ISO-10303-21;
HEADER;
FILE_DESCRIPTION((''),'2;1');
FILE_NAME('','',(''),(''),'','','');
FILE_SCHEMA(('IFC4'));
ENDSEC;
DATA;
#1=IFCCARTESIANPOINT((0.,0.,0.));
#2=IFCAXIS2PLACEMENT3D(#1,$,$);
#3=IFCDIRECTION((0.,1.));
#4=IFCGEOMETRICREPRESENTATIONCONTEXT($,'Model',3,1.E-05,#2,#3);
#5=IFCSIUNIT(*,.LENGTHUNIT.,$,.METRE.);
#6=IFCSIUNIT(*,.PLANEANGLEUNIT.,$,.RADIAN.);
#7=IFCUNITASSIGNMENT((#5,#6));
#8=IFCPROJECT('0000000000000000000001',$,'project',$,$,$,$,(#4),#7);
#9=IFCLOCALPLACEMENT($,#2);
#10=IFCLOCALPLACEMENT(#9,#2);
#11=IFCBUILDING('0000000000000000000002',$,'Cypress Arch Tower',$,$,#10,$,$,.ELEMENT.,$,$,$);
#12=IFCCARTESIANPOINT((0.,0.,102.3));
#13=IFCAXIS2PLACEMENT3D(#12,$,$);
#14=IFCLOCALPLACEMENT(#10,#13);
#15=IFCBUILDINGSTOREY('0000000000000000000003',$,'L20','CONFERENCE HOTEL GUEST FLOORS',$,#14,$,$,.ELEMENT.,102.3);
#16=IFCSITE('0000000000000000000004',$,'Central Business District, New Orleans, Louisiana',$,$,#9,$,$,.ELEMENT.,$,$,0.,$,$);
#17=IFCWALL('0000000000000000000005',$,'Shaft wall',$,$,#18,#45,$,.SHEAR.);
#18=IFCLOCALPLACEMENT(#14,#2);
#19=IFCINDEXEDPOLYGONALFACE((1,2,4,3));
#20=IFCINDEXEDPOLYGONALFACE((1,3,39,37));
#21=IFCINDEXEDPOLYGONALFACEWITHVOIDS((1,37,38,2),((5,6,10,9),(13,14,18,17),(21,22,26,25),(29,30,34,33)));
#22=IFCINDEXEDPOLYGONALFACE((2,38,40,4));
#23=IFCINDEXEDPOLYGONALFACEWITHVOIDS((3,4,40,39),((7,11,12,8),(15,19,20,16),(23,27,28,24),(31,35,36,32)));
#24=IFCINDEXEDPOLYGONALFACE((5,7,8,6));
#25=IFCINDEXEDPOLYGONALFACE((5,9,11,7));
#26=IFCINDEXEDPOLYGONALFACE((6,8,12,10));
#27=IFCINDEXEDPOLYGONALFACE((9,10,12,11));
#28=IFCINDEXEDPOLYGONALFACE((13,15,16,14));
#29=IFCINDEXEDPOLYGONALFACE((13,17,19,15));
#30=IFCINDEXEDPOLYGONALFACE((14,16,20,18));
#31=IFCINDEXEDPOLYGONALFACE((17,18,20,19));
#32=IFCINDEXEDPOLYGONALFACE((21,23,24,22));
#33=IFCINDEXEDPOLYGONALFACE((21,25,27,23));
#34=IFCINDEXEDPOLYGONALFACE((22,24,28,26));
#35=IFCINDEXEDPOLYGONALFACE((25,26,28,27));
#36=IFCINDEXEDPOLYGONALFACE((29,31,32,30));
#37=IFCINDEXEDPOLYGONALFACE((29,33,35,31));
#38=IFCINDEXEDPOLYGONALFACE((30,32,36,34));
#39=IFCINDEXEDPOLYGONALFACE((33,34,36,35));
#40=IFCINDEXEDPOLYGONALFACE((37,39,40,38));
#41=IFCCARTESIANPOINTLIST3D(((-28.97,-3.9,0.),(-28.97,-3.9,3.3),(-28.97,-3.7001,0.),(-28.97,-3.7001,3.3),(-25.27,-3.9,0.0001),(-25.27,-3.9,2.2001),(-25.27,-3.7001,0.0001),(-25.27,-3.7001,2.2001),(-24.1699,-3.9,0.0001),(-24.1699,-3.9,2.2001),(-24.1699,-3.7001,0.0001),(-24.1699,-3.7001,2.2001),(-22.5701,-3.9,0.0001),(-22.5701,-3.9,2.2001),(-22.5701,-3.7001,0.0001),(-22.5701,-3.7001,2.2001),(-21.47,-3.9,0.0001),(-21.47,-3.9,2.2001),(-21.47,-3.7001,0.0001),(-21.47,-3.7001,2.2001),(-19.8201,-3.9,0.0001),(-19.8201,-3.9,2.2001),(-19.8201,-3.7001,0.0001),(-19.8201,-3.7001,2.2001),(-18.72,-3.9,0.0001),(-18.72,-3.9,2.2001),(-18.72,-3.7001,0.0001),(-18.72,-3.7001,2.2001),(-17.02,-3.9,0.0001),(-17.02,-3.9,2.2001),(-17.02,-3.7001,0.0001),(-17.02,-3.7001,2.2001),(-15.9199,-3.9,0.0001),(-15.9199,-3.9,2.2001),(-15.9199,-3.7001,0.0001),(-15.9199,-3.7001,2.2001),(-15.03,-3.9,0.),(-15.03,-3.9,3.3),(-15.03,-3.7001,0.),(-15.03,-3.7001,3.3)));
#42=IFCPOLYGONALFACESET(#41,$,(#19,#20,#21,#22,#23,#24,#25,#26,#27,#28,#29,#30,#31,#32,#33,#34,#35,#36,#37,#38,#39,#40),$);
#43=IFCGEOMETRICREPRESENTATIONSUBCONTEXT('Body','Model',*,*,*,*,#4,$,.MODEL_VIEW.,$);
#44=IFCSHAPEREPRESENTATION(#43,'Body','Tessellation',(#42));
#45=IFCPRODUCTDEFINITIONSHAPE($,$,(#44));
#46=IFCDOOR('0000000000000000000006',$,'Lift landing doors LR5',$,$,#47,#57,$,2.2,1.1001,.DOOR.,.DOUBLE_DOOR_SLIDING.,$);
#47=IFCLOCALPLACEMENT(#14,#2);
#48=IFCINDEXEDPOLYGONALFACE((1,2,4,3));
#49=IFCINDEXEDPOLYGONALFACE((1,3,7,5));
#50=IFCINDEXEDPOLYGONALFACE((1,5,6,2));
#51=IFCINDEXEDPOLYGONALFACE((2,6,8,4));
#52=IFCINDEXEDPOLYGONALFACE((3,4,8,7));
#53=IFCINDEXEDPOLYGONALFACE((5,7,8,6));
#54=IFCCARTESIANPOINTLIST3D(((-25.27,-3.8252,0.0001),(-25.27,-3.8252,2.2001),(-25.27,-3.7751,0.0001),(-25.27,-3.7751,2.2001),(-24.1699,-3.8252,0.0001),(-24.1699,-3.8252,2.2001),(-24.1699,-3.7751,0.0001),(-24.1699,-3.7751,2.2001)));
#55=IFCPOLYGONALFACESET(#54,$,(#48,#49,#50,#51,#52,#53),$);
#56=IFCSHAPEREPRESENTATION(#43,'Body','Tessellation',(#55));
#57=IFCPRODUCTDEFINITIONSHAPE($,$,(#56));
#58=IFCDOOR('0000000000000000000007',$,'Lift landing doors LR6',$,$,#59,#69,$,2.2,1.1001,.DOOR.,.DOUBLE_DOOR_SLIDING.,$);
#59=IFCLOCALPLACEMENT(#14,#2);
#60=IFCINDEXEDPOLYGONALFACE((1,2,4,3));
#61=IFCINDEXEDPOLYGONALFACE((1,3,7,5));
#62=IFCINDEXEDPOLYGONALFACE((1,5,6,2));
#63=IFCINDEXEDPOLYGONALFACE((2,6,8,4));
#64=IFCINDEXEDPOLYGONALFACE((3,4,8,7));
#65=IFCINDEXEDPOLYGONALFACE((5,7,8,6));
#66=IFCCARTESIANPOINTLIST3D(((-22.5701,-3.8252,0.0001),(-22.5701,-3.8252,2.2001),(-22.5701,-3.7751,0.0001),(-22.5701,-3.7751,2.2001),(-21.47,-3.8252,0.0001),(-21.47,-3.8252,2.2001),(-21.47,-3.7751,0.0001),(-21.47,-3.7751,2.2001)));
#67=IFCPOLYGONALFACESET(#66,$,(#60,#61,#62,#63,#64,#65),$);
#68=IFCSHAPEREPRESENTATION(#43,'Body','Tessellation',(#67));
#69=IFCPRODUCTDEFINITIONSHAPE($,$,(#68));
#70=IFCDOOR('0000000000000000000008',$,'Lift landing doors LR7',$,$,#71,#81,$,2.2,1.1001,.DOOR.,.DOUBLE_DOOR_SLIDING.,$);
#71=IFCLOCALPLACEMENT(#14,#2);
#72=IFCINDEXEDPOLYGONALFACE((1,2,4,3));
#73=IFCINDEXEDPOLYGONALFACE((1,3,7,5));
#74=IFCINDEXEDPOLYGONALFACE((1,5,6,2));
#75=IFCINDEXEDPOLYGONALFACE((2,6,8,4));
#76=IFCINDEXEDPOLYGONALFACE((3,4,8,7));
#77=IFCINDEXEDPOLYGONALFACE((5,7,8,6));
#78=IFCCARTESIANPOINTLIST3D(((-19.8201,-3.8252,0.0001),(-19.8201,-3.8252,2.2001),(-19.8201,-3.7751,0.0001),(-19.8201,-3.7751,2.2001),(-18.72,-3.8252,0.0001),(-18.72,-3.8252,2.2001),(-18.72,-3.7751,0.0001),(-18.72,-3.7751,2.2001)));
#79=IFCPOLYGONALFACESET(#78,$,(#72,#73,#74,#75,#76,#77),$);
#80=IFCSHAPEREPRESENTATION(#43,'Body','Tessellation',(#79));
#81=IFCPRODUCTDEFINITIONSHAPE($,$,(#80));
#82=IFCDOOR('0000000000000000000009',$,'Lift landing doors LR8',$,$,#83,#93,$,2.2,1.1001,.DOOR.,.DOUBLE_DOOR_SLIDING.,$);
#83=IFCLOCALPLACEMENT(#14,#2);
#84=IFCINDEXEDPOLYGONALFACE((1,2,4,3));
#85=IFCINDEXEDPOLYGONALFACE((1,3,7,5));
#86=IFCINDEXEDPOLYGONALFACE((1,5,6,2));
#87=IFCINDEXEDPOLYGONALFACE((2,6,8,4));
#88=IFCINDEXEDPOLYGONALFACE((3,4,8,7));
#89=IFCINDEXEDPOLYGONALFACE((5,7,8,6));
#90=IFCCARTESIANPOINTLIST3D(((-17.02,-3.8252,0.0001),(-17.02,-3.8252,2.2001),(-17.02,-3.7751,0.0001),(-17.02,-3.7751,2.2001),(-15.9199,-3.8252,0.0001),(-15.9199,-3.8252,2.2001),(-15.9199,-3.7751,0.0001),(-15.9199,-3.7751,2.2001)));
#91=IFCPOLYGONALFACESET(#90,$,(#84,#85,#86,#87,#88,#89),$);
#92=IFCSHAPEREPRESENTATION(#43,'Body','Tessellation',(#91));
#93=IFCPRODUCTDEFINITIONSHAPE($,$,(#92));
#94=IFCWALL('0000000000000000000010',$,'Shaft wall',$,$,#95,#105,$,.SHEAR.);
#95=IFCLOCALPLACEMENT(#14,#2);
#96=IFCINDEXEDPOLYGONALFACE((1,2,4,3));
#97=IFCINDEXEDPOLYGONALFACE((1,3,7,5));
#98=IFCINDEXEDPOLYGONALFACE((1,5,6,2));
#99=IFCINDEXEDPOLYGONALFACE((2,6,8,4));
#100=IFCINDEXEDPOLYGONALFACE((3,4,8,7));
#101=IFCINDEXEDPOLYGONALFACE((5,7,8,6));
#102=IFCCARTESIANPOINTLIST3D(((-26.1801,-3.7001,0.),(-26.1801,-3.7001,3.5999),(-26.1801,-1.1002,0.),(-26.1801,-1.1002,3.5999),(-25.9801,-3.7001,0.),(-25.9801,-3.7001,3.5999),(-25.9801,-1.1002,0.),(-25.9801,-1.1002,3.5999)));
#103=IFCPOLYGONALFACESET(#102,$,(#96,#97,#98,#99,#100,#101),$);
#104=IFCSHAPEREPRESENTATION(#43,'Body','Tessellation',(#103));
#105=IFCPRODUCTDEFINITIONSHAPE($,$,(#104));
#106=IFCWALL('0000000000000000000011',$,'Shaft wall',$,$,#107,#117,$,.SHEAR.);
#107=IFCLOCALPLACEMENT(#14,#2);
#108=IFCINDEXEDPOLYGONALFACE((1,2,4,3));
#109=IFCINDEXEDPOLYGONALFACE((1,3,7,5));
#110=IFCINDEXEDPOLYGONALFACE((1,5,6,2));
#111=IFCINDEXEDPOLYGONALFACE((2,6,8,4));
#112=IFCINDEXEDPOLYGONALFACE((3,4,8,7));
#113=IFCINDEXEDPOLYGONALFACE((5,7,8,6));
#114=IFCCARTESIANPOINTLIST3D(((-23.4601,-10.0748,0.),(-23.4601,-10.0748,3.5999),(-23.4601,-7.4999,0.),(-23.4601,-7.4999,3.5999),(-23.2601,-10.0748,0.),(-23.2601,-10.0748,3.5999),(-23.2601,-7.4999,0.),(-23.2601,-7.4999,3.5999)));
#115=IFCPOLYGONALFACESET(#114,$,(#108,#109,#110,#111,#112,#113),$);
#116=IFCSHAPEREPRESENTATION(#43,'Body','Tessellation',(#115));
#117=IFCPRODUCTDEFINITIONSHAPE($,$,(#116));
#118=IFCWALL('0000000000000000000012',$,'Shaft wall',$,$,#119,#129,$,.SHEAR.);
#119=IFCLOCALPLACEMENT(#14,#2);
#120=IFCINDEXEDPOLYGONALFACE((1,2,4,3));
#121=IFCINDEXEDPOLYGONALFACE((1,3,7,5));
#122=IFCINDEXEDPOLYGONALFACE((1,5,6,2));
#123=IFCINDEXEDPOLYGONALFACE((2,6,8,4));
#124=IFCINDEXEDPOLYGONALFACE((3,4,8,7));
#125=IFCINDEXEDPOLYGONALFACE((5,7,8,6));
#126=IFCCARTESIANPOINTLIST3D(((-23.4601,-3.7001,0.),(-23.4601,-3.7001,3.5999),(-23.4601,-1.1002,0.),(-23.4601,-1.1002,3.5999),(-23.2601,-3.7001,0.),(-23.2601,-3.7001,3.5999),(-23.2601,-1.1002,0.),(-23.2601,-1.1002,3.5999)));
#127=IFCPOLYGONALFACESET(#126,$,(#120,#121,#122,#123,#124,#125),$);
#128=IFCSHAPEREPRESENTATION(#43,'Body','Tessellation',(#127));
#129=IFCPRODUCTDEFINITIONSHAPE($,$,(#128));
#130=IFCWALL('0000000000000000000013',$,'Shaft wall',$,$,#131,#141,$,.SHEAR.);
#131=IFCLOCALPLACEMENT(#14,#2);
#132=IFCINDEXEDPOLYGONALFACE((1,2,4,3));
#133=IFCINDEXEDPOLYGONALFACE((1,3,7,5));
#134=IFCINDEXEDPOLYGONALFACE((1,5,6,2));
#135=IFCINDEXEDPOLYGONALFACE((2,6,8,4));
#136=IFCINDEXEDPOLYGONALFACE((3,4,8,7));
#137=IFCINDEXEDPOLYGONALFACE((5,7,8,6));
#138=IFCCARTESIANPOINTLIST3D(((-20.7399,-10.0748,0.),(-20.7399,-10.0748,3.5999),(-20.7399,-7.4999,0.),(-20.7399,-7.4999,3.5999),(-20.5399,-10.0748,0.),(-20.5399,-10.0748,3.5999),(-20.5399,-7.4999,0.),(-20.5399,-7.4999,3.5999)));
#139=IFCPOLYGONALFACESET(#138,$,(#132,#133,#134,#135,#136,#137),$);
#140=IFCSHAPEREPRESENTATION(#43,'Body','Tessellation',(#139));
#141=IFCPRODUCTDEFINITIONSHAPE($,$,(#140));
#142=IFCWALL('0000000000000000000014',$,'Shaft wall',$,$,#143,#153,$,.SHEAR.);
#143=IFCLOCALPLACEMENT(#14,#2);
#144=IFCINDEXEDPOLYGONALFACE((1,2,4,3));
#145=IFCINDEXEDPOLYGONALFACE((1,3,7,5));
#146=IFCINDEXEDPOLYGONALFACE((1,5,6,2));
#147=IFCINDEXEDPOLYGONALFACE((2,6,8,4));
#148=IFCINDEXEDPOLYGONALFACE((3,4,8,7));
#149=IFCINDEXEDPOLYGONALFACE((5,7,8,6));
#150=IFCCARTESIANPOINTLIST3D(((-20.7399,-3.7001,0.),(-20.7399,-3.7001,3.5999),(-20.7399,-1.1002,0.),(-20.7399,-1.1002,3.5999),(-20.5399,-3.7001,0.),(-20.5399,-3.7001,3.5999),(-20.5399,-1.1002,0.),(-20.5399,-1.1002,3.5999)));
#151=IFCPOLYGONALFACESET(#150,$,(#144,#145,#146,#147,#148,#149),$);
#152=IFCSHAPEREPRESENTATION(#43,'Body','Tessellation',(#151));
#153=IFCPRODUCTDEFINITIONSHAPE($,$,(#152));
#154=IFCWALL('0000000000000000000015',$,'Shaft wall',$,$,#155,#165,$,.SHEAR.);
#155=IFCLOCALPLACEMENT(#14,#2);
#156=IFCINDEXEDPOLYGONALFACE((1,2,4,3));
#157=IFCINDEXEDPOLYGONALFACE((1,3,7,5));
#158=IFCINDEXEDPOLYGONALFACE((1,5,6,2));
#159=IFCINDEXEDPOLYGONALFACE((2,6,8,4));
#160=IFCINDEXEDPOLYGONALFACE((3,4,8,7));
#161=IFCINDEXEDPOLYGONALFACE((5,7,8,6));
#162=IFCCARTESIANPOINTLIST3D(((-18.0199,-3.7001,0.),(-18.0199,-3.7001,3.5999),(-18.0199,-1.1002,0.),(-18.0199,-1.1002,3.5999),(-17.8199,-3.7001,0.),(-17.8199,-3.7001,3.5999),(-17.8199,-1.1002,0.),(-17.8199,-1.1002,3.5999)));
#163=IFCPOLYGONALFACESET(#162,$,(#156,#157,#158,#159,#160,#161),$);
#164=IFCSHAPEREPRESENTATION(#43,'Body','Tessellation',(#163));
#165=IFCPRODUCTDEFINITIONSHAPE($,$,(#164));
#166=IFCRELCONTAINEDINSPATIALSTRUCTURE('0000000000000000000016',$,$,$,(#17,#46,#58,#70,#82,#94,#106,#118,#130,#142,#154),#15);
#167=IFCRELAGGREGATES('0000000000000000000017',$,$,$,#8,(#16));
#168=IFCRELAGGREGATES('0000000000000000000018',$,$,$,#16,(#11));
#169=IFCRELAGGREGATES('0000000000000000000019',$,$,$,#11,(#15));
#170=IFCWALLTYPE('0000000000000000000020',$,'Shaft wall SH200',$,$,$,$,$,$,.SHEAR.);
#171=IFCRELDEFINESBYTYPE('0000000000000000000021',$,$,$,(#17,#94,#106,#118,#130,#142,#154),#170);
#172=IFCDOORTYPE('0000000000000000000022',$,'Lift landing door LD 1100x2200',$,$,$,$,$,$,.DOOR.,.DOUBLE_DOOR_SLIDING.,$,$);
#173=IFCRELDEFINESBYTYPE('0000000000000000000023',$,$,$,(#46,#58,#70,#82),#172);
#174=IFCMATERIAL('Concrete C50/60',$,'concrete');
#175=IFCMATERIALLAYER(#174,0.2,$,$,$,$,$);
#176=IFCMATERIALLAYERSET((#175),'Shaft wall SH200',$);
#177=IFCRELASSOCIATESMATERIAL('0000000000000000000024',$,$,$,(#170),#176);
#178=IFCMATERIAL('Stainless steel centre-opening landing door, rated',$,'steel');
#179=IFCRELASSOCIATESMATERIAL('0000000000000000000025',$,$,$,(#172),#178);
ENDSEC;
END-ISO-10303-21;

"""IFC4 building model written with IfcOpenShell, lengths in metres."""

from ifc_helpers import new_model, si_unit, direction, frame, frame_2d, origin, place, context, subcontext, project, spatial, rectangle, extrude, material, layer, layer_set, type_object, element, fill, save


model = new_model("IFC4")

# Units and contexts
model_context = context("Model", 3, precision=1e-05, world=origin(), true_north=direction((0.0, 1.0)))
body_context = subcontext(model_context, "Body", "Model", "MODEL_VIEW")
ifc_project = project(units=[si_unit("LENGTHUNIT", "METRE"), si_unit("PLANEANGLEUNIT", "RADIAN")], contexts=[model_context])

# Site, building, storey
site_placement = place(None, origin())
site = spatial("IfcSite", under=ifc_project, at=site_placement, Name="Central Business District, New Orleans, Louisiana", CompositionType="ELEMENT", RefElevation=0.0)
building_placement = place(site_placement, origin())
building = spatial("IfcBuilding", under=site, at=building_placement, Name="Cypress Arch Tower", CompositionType="ELEMENT")
storey_placement = place(building_placement, frame((0.0, 0.0, 102.3)))
storey = spatial("IfcBuildingStorey", under=building, at=storey_placement, Name="L20", Description="CONFERENCE HOTEL GUEST FLOORS", CompositionType="ELEMENT", Elevation=102.3)

# Wall, openings, doors
ifc_material_1 = material(Name="Concrete C50/60", Category="concrete")
ifc_layer_1 = layer(ifc_material_1, 0.2)
ifc_layer_set_1 = layer_set([ifc_layer_1], Name="Shaft wall SH200")
wall_type_1 = type_object("IfcWallType", Name="Shaft wall SH200", PredefinedType="SHEAR", material=ifc_layer_set_1)
ifc_material_2 = material(Name="Stainless steel centre-opening landing door, rated", Category="steel")
door_type_1 = type_object("IfcDoorType", Name="Lift landing door LD 1100x2200", OperationType="DOUBLE_DOOR_SLIDING", PredefinedType="DOOR", material=ifc_material_2)
wall_1_placement = place(storey_placement, frame((-28.97, -3.8, 0.0), z_axis=(0.0, 0.0, 1.0), x_axis=(1.0, 0.0, 0.0)))
wall_1 = element("IfcWall", 1, at=wall_1_placement, inside=storey, type_object=wall_type_1, Name="Shaft wall", PredefinedType="SHEAR", context=body_context, shape_type="SweptSolid", body=[
    extrude(rectangle(XDim=13.9399, YDim=0.2, at=frame_2d((6.97, 0.0))), origin(), (0.0, 0.0, 1.0), 3.3),
])
opening_1_placement = place(wall_1_placement, frame((3.7, 0.0, 0.0)))
opening_1 = element("IfcOpeningElement", 2, at=opening_1_placement, cuts=wall_1, PredefinedType="OPENING", context=body_context, shape_type="SweptSolid", body=[
    extrude(rectangle(XDim=1.1001, YDim=2.2, at=frame_2d((0.55, 1.1001))), frame((0.0, 0.1099, 0.0), z_axis=(0.0, -1.0, 0.0), x_axis=(1.0, 0.0, 0.0)), (0.0, 0.0, 1.0), 0.22),
])
opening_2_placement = place(wall_1_placement, frame((6.3999, 0.0, 0.0)))
opening_2 = element("IfcOpeningElement", 3, at=opening_2_placement, cuts=wall_1, PredefinedType="OPENING", context=body_context, shape_type="SweptSolid", body=[
    extrude(rectangle(XDim=1.1001, YDim=2.2, at=frame_2d((0.55, 1.1001))), frame((0.0, 0.1099, 0.0), z_axis=(0.0, -1.0, 0.0), x_axis=(1.0, 0.0, 0.0)), (0.0, 0.0, 1.0), 0.22),
])
opening_3_placement = place(wall_1_placement, frame((9.1499, 0.0, 0.0)))
opening_3 = element("IfcOpeningElement", 4, at=opening_3_placement, cuts=wall_1, PredefinedType="OPENING", context=body_context, shape_type="SweptSolid", body=[
    extrude(rectangle(XDim=1.1001, YDim=2.2, at=frame_2d((0.55, 1.1001))), frame((0.0, 0.1099, 0.0), z_axis=(0.0, -1.0, 0.0), x_axis=(1.0, 0.0, 0.0)), (0.0, 0.0, 1.0), 0.22),
])
opening_4_placement = place(wall_1_placement, frame((11.95, 0.0, 0.0)))
opening_4 = element("IfcOpeningElement", 5, at=opening_4_placement, cuts=wall_1, PredefinedType="OPENING", context=body_context, shape_type="SweptSolid", body=[
    extrude(rectangle(XDim=1.1001, YDim=2.2, at=frame_2d((0.55, 1.1001))), frame((0.0, 0.1099, 0.0), z_axis=(0.0, -1.0, 0.0), x_axis=(1.0, 0.0, 0.0)), (0.0, 0.0, 1.0), 0.22),
])
door_1_placement = place(opening_1_placement, origin())
door_1 = element("IfcDoor", 6, at=door_1_placement, inside=storey, type_object=door_type_1, Name="Lift landing doors LR5", OperationType="DOUBLE_DOOR_SLIDING", OverallHeight=2.2, OverallWidth=1.1001, PredefinedType="DOOR", context=body_context, shape_type="SweptSolid", body=[
    extrude(rectangle(XDim=1.1001, YDim=2.2, at=frame_2d((0.55, 1.1001))), frame((0.0, 0.0249, 0.0), z_axis=(0.0, -1.0, 0.0), x_axis=(1.0, 0.0, 0.0)), (0.0, 0.0, 1.0), 0.05),
])
fill(opening_1, door_1)
door_2_placement = place(opening_2_placement, origin())
door_2 = element("IfcDoor", 7, at=door_2_placement, inside=storey, type_object=door_type_1, Name="Lift landing doors LR6", OperationType="DOUBLE_DOOR_SLIDING", OverallHeight=2.2, OverallWidth=1.1001, PredefinedType="DOOR", context=body_context, shape_type="SweptSolid", body=[
    extrude(rectangle(XDim=1.1001, YDim=2.2, at=frame_2d((0.55, 1.1001))), frame((0.0, 0.0249, 0.0), z_axis=(0.0, -1.0, 0.0), x_axis=(1.0, 0.0, 0.0)), (0.0, 0.0, 1.0), 0.05),
])
fill(opening_2, door_2)
door_3_placement = place(opening_3_placement, origin())
door_3 = element("IfcDoor", 8, at=door_3_placement, inside=storey, type_object=door_type_1, Name="Lift landing doors LR7", OperationType="DOUBLE_DOOR_SLIDING", OverallHeight=2.2, OverallWidth=1.1001, PredefinedType="DOOR", context=body_context, shape_type="SweptSolid", body=[
    extrude(rectangle(XDim=1.1001, YDim=2.2, at=frame_2d((0.55, 1.1001))), frame((0.0, 0.0249, 0.0), z_axis=(0.0, -1.0, 0.0), x_axis=(1.0, 0.0, 0.0)), (0.0, 0.0, 1.0), 0.05),
])
fill(opening_3, door_3)
door_4_placement = place(opening_4_placement, origin())
door_4 = element("IfcDoor", 9, at=door_4_placement, inside=storey, type_object=door_type_1, Name="Lift landing doors LR8", OperationType="DOUBLE_DOOR_SLIDING", OverallHeight=2.2, OverallWidth=1.1001, PredefinedType="DOOR", context=body_context, shape_type="SweptSolid", body=[
    extrude(rectangle(XDim=1.1001, YDim=2.2, at=frame_2d((0.55, 1.1001))), frame((0.0, 0.0249, 0.0), z_axis=(0.0, -1.0, 0.0), x_axis=(1.0, 0.0, 0.0)), (0.0, 0.0, 1.0), 0.05),
])
fill(opening_4, door_4)

# Walls
wall_2_placement = place(storey_placement, frame((-26.0801, -3.7, 0.0), z_axis=(0.0, 0.0, 1.0), x_axis=(0.0, 1.0, 0.0)))
element("IfcWall", 10, at=wall_2_placement, inside=storey, type_object=wall_type_1, Name="Shaft wall", PredefinedType="SHEAR", context=body_context, shape_type="SweptSolid", body=[
    extrude(rectangle(XDim=2.5999, YDim=0.2, at=frame_2d((1.2998, 0.0))), origin(), (0.0, 0.0, 1.0), 3.5999),
])
wall_3_placement = place(storey_placement, frame((-23.3601, -10.075, 0.0), z_axis=(0.0, 0.0, 1.0), x_axis=(0.0, 1.0, 0.0)))
element("IfcWall", 11, at=wall_3_placement, inside=storey, type_object=wall_type_1, Name="Shaft wall", PredefinedType="SHEAR", context=body_context, shape_type="SweptSolid", body=[
    extrude(rectangle(XDim=2.575, YDim=0.2, at=frame_2d((1.2876, 0.0))), origin(), (0.0, 0.0, 1.0), 3.5999),
])
wall_4_placement = place(storey_placement, frame((-23.3601, -3.7, 0.0), z_axis=(0.0, 0.0, 1.0), x_axis=(0.0, 1.0, 0.0)))
element("IfcWall", 12, at=wall_4_placement, inside=storey, type_object=wall_type_1, Name="Shaft wall", PredefinedType="SHEAR", context=body_context, shape_type="SweptSolid", body=[
    extrude(rectangle(XDim=2.5999, YDim=0.2, at=frame_2d((1.2998, 0.0))), origin(), (0.0, 0.0, 1.0), 3.5999),
])
wall_5_placement = place(storey_placement, frame((-20.6399, -10.075, 0.0), z_axis=(0.0, 0.0, 1.0), x_axis=(0.0, 1.0, 0.0)))
element("IfcWall", 13, at=wall_5_placement, inside=storey, type_object=wall_type_1, Name="Shaft wall", PredefinedType="SHEAR", context=body_context, shape_type="SweptSolid", body=[
    extrude(rectangle(XDim=2.575, YDim=0.2, at=frame_2d((1.2876, 0.0))), origin(), (0.0, 0.0, 1.0), 3.5999),
])
for number, where, z_axis, x_axis, name in (
    (14, (-20.6399, -3.7, 0.0), (0.0, 0.0, 1.0), (0.0, 1.0, 0.0), "Shaft wall"),
    (15, (-17.9199, -3.7, 0.0), (0.0, 0.0, 1.0), (0.0, 1.0, 0.0), "Shaft wall"),
):
    element("IfcWall", number, at=place(storey_placement, frame(where, z_axis=z_axis, x_axis=x_axis)), inside=storey, type_object=wall_type_1, Name=name, PredefinedType="SHEAR", context=body_context, shape_type="SweptSolid", body=[
        extrude(rectangle(XDim=2.5999, YDim=0.2, at=frame_2d((1.2998, 0.0))), origin(), (0.0, 0.0, 1.0), 3.5999),
    ])

save(model, "model.ifc")
